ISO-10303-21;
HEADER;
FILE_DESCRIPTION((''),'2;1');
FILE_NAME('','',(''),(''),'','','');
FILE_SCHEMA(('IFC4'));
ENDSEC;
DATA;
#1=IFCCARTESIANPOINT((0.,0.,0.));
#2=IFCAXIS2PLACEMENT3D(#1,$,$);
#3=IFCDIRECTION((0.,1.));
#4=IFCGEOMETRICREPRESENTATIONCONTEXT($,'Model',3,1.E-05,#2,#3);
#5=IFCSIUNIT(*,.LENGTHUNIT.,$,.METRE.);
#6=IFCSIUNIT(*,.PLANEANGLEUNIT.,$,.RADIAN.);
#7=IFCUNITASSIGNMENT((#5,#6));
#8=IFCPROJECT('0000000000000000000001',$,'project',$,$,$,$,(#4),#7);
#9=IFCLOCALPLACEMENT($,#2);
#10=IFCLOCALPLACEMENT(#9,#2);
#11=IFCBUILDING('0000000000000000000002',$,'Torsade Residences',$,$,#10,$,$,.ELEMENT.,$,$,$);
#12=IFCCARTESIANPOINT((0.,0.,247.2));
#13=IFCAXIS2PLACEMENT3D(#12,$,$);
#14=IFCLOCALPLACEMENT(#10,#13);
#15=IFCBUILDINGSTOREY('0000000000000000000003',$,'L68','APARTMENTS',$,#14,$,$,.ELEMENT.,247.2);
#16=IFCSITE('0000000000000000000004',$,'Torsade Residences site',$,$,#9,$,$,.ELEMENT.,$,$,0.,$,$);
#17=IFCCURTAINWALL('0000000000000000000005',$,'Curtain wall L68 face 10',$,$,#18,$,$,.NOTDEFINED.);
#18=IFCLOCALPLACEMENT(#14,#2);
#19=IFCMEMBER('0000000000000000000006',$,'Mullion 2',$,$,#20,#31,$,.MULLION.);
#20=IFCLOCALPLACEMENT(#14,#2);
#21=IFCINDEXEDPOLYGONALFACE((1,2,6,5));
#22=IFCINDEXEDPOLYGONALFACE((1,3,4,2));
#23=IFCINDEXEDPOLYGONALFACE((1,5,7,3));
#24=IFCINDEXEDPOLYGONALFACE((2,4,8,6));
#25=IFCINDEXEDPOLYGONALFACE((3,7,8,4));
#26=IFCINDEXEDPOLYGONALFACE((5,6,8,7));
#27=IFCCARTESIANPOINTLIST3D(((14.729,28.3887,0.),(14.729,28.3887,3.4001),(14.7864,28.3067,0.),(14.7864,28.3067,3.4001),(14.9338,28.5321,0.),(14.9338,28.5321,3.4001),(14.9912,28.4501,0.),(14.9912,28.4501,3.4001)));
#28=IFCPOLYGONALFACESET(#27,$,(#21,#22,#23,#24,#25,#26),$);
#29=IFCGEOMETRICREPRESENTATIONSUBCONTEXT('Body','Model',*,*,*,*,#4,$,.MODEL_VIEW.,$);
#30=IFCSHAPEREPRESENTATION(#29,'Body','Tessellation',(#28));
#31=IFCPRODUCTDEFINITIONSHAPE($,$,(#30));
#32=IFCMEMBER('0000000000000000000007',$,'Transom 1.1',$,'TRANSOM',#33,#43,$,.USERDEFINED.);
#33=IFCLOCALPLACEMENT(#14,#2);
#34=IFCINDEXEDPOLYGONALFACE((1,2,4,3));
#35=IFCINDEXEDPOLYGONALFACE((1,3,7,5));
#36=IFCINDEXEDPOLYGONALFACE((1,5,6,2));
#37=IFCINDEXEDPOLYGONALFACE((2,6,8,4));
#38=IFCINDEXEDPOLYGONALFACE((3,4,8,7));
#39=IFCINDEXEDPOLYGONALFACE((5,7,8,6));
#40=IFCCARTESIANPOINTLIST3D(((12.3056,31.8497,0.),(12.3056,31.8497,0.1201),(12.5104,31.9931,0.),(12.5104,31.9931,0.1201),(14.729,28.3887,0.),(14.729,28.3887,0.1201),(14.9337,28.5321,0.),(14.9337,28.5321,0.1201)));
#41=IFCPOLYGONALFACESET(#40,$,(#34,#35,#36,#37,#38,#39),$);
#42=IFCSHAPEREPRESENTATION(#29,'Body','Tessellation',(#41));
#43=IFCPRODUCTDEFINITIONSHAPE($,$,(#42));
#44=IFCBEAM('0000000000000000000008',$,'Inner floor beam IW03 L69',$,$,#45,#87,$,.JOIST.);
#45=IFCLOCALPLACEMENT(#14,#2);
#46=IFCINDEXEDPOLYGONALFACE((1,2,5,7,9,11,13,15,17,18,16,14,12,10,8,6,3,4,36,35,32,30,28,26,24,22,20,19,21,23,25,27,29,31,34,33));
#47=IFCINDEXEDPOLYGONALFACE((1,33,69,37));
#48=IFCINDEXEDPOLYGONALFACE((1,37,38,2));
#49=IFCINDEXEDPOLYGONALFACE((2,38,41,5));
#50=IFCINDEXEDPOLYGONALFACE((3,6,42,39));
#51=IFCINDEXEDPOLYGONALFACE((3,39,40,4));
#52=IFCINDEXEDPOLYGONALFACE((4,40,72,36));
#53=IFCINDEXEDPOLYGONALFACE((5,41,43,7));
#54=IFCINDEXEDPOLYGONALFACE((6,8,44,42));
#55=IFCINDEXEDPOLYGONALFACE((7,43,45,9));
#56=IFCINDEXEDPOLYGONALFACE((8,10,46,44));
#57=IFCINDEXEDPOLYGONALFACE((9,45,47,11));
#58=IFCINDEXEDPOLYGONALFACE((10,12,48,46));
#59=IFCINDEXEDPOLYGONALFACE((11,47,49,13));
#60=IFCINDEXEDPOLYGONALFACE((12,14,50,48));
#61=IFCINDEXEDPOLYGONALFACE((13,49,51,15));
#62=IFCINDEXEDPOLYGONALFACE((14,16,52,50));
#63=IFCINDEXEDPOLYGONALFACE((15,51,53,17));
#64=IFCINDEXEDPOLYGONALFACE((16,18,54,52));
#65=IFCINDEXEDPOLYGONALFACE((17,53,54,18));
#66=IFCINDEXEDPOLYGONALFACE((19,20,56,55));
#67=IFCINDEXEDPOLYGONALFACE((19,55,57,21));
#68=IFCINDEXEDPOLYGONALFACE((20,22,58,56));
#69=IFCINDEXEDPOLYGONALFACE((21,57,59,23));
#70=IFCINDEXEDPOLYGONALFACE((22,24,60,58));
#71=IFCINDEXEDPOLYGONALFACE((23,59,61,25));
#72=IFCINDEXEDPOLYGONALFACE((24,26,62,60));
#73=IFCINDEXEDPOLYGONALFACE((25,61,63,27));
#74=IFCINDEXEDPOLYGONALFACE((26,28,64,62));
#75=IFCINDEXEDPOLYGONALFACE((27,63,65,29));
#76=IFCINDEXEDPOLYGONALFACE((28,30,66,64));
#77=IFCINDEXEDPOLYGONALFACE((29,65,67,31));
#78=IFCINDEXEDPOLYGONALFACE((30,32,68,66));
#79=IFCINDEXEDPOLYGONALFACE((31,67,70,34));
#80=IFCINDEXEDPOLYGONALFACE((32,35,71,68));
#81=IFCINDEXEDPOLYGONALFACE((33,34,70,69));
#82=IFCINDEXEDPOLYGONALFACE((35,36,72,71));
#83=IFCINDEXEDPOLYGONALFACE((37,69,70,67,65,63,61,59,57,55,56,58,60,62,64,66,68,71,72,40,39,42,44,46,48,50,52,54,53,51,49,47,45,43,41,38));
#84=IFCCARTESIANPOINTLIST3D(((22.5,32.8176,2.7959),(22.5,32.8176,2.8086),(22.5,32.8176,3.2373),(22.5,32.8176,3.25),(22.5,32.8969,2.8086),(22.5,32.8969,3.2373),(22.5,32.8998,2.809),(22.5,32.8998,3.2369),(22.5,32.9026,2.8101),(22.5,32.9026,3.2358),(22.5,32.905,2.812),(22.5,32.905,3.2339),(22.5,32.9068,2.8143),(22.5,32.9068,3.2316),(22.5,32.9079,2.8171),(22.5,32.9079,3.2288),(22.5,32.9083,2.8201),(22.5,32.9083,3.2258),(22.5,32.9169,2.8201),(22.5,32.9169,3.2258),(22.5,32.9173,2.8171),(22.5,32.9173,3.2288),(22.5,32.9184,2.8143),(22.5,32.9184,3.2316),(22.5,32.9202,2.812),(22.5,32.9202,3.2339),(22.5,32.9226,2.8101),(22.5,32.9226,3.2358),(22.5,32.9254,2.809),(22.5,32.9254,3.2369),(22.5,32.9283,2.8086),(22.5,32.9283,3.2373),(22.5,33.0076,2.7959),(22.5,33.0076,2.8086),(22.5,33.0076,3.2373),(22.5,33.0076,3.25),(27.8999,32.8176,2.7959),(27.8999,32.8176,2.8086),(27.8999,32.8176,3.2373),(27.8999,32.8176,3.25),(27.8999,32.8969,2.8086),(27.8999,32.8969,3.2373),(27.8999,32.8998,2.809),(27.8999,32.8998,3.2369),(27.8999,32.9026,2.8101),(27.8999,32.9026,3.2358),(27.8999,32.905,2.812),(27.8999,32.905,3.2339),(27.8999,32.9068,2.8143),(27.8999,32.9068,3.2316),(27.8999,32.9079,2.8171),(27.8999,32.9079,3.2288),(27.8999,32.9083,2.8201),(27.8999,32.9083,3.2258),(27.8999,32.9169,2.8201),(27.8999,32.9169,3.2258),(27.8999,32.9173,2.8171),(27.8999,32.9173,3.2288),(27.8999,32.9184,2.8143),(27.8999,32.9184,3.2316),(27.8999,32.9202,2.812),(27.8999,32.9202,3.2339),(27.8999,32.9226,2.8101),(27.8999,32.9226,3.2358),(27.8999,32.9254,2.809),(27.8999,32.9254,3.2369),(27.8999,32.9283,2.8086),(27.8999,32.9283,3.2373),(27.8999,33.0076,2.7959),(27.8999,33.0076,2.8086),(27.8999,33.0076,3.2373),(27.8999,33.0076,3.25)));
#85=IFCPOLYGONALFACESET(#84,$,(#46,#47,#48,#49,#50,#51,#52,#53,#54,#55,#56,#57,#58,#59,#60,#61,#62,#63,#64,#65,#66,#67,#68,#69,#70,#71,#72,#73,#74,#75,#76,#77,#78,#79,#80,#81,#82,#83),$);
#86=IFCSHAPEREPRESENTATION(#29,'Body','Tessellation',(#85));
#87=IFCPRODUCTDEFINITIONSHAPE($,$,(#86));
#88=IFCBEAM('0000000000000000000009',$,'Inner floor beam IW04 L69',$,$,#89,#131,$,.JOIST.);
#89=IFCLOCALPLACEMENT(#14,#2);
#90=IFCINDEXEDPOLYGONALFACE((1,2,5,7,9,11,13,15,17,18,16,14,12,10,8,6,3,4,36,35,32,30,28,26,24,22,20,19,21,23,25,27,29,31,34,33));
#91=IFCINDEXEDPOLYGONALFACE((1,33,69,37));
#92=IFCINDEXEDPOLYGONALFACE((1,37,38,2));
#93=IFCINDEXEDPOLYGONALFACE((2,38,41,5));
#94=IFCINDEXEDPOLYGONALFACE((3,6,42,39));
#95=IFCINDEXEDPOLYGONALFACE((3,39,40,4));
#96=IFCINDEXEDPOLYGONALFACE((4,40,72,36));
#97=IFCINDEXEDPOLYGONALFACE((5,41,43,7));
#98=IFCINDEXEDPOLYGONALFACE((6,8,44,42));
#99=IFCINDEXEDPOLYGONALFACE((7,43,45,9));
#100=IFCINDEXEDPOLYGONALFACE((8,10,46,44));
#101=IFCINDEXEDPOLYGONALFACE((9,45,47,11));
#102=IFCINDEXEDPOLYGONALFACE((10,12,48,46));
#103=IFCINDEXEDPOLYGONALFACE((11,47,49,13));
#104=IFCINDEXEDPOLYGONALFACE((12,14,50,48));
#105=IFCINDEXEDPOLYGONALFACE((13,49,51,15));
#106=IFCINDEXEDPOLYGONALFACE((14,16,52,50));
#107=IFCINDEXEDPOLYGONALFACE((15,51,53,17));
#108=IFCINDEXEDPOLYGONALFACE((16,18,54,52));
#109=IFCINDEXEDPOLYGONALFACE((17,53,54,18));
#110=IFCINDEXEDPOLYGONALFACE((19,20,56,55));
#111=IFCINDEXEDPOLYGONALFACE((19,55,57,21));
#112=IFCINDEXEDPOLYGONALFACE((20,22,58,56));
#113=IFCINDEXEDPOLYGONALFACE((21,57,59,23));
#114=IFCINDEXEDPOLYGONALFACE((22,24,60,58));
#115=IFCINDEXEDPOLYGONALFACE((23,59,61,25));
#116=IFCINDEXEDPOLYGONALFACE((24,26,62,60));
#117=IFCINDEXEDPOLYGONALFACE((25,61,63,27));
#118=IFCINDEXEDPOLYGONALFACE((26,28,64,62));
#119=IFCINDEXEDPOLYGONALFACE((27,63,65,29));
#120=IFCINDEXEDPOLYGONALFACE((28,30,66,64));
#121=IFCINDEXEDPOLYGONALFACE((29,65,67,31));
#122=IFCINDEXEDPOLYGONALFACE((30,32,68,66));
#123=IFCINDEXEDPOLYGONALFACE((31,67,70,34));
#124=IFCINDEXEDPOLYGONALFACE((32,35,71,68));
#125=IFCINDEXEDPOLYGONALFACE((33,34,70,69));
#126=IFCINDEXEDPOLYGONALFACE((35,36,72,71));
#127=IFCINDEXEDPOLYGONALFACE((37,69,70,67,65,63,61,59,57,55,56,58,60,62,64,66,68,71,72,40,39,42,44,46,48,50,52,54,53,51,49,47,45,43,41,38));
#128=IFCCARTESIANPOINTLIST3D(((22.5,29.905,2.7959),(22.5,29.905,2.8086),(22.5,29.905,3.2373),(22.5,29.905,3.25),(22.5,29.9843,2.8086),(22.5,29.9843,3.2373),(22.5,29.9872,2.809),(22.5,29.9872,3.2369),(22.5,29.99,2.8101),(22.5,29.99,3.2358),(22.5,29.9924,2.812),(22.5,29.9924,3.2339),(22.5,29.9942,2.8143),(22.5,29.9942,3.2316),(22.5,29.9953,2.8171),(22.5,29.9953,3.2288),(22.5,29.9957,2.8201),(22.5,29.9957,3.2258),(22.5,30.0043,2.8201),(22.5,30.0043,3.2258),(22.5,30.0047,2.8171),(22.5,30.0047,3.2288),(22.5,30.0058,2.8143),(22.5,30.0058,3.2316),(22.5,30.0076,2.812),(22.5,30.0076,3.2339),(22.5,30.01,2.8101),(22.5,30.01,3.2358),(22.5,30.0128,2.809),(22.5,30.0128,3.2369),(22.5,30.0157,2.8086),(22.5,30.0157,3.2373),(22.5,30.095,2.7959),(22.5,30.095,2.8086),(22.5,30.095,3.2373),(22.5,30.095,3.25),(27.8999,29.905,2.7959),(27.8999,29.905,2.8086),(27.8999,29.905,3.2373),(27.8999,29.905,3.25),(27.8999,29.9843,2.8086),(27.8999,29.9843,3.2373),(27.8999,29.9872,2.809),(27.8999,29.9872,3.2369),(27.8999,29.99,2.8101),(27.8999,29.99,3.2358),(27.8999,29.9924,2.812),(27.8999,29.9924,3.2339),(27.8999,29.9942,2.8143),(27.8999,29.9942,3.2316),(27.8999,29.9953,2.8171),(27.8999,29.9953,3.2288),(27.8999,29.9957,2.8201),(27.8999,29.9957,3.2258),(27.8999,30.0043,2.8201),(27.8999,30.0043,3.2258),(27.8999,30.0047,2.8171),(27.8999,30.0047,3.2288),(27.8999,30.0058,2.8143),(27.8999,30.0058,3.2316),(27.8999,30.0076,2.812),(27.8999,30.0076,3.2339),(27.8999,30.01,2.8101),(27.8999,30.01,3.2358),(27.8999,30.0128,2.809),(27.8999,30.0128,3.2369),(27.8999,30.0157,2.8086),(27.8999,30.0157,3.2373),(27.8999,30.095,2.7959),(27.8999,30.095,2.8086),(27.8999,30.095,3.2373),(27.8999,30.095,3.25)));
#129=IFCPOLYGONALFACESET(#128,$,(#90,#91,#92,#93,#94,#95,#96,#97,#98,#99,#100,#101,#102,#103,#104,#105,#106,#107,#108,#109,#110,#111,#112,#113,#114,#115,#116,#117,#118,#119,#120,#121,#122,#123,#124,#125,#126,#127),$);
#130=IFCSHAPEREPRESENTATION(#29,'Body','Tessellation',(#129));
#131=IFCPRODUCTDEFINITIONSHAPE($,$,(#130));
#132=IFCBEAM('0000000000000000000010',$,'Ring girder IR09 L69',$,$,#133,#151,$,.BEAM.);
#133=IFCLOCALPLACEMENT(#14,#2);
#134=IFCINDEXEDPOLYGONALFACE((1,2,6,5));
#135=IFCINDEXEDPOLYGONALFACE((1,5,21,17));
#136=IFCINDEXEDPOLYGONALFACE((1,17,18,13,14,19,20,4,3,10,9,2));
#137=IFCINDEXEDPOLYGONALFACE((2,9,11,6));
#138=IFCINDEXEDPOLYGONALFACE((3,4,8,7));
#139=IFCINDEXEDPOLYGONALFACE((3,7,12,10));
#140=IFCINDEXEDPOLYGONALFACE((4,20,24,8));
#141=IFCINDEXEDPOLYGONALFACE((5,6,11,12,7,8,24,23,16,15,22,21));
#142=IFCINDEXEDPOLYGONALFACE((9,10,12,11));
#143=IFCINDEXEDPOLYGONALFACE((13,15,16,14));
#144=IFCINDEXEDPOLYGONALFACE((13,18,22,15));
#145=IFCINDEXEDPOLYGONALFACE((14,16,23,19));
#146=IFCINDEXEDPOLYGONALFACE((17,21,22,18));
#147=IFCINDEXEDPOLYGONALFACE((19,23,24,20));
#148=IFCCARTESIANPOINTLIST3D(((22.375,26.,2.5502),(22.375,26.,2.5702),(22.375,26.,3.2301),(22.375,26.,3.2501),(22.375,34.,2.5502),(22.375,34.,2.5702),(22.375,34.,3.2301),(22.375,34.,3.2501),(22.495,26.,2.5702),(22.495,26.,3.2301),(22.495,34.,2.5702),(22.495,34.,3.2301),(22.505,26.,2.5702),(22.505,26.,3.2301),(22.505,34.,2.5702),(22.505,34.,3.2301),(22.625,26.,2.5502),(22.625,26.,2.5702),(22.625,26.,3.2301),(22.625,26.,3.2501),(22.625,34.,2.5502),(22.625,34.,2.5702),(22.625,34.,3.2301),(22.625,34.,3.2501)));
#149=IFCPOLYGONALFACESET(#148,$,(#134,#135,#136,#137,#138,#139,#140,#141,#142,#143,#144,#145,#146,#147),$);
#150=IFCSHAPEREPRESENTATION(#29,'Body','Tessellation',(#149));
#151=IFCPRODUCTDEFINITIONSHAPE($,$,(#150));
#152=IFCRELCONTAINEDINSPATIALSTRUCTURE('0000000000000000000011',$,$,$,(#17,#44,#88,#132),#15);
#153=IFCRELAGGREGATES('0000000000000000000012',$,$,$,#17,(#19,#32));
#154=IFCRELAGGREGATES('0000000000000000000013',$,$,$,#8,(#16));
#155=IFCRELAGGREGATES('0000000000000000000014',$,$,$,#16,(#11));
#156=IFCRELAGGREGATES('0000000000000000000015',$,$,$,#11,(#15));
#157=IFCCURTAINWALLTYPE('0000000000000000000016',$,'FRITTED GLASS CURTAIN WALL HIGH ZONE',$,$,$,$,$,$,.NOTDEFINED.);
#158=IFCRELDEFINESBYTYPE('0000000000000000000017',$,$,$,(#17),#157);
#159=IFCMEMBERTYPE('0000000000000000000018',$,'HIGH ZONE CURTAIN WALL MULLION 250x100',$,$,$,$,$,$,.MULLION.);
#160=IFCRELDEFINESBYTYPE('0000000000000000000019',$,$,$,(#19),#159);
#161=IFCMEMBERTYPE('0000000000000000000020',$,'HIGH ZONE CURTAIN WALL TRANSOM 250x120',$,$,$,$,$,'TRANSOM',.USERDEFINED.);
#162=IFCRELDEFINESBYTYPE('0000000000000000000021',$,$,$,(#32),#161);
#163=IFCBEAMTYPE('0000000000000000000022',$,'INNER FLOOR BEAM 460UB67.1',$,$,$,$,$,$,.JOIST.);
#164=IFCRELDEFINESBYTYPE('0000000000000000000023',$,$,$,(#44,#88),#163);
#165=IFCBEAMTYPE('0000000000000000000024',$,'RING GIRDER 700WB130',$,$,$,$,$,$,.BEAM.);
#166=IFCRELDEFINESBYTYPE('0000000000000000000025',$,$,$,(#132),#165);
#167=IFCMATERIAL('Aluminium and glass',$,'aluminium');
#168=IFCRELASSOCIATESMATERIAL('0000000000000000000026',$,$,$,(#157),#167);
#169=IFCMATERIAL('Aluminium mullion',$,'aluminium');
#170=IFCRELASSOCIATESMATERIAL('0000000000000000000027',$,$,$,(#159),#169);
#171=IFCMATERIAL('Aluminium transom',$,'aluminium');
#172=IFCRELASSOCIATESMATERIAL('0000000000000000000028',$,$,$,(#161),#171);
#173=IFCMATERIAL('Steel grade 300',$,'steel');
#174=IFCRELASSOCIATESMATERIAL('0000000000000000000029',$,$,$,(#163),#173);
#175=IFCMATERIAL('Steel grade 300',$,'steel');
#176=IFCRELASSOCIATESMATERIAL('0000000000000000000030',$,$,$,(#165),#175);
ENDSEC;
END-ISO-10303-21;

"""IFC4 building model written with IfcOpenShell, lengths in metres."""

from ifc_helpers import new_model, si_unit, direction, frame, origin, origin_2d, place, context, subcontext, project, spatial, rectangle, i_section, extrude, material, material_profile, profile_set, type_object, element, aggregate, save


model = new_model("IFC4")

# Units and contexts
model_context = context("Model", 3, precision=1e-05, world=origin(), true_north=direction((0.0, 1.0)))
body_context = subcontext(model_context, "Body", "Model", "MODEL_VIEW")
ifc_project = project(units=[si_unit("LENGTHUNIT", "METRE"), si_unit("PLANEANGLEUNIT", "RADIAN")], contexts=[model_context])

# Site, building, storey
site_placement = place(None, origin())
site = spatial("IfcSite", under=ifc_project, at=site_placement, Name="Torsade Residences site", CompositionType="ELEMENT", RefElevation=0.0)
building_placement = place(site_placement, origin())
building = spatial("IfcBuilding", under=site, at=building_placement, Name="Torsade Residences", CompositionType="ELEMENT")
storey_placement = place(building_placement, frame((0.0, 0.0, 247.2)))
storey = spatial("IfcBuildingStorey", under=building, at=storey_placement, Name="L68", Description="APARTMENTS", CompositionType="ELEMENT", Elevation=247.2)

# Shared definitions
ifc_material_1 = material(Name="Aluminium and glass", Category="aluminium")
curtain_wall_type = type_object("IfcCurtainWallType", Name="FRITTED GLASS CURTAIN WALL HIGH ZONE", PredefinedType="NOTDEFINED", material=ifc_material_1)
ifc_material_2 = material(Name="Aluminium mullion", Category="aluminium")
ifc_material_profile_1 = material_profile(ifc_material_2, rectangle(XDim=0.25, YDim=0.1001, at=origin_2d()), Name="HIGH ZONE CURTAIN WALL MULLION 250x100")
ifc_profile_set_1 = profile_set([ifc_material_profile_1], Name="Aluminium mullion")
member_type_1 = type_object("IfcMemberType", Name="HIGH ZONE CURTAIN WALL MULLION 250x100", PredefinedType="MULLION", material=ifc_profile_set_1)

# Curtain wall, members
curtain_wall_1_placement = place(storey_placement, origin())
curtain_wall_1 = element("IfcCurtainWall", 1, at=curtain_wall_1_placement, inside=storey, type_object=curtain_wall_type, Name="Curtain wall L68 face 10", PredefinedType="NOTDEFINED")
member_1_placement = place(storey_placement, frame((14.8601, 28.4194, 0.0), z_axis=(0.0, 0.0, 1.0), x_axis=(0.819152, 0.573576, 0.0)))
member_1 = element("IfcMember", 2, at=member_1_placement, type_object=member_type_1, Name="Mullion 2", PredefinedType="MULLION", context=body_context, shape_type="SweptSolid", body=[
    extrude(rectangle(XDim=0.25, YDim=0.1001, at=origin_2d()), origin(), (0.0, 0.0, 1.0), 3.4001),
])
ifc_material_3 = material(Name="Aluminium transom", Category="aluminium")
ifc_material_profile_2 = material_profile(ifc_material_3, rectangle(XDim=0.25, YDim=0.1201, at=origin_2d()), Name="HIGH ZONE CURTAIN WALL TRANSOM 250x120")
ifc_profile_set_2 = profile_set([ifc_material_profile_2], Name="Aluminium transom")
member_type_2 = type_object("IfcMemberType", Name="HIGH ZONE CURTAIN WALL TRANSOM 250x120", ElementType="TRANSOM", PredefinedType="USERDEFINED", material=ifc_profile_set_2)
member_2_placement = place(storey_placement, frame((12.408, 31.9214, 0.0601), z_axis=(0.573571, -0.819156, 0.0), x_axis=(0.819156, 0.573571, 0.0)))
member_2 = element("IfcMember", 3, at=member_2_placement, type_object=member_type_2, Name="Transom 1.1", ObjectType="TRANSOM", PredefinedType="USERDEFINED", context=body_context, shape_type="SweptSolid", body=[
    extrude(rectangle(XDim=0.25, YDim=0.1201, at=origin_2d()), origin(), (0.0, 0.0, 1.0), 4.2251),
])

# Beams
ifc_material_4 = material(Name="Steel grade 300", Category="steel")
ifc_material_profile_3 = material_profile(ifc_material_4, i_section(OverallWidth=0.1899, OverallDepth=0.4541, WebThickness=0.0085, FlangeThickness=0.0127, FilletRadius=0.0115, at=origin_2d()), Name="460UB67.1")
ifc_profile_set_3 = profile_set([ifc_material_profile_3], Name="Steel grade 300")
beam_type_1 = type_object("IfcBeamType", Name="INNER FLOOR BEAM 460UB67.1", PredefinedType="JOIST", material=ifc_profile_set_3)
for number, where, z_axis, x_axis, name in (
    (4, (27.8999, 32.9126, 3.0229), (-1.0, 0.0, 0.0), (0.0, -1.0, 0.0), "Inner floor beam IW03 L69"),
    (5, (27.8999, 30.0, 3.0229), (-1.0, 0.0, 0.0), (0.0, -1.0, 0.0), "Inner floor beam IW04 L69"),
):
    element("IfcBeam", number, at=place(storey_placement, frame(where, z_axis=z_axis, x_axis=x_axis)), inside=storey, type_object=beam_type_1, Name=name, PredefinedType="JOIST", context=body_context, shape_type="SweptSolid", body=[
        extrude(i_section(OverallWidth=0.1899, OverallDepth=0.4541, WebThickness=0.0085, FlangeThickness=0.0127, FilletRadius=0.0115, at=origin_2d()), origin(), (0.0, 0.0, 1.0), 5.3999),
    ])
ifc_material_5 = material(Name="Steel grade 300", Category="steel")
ifc_material_profile_4 = material_profile(ifc_material_5, i_section(OverallWidth=0.25, OverallDepth=0.7, WebThickness=0.01, FlangeThickness=0.02, at=origin_2d()), Name="700WB130")
ifc_profile_set_4 = profile_set([ifc_material_profile_4], Name="Steel grade 300")
beam_type_2 = type_object("IfcBeamType", Name="RING GIRDER 700WB130", PredefinedType="BEAM", material=ifc_profile_set_4)
beam_1_placement = place(storey_placement, frame((22.5, 34.0, 2.9001), z_axis=(0.0, -1.0, 0.0), x_axis=(1.0, 0.0, 0.0)))
element("IfcBeam", 6, at=beam_1_placement, inside=storey, type_object=beam_type_2, Name="Ring girder IR09 L69", PredefinedType="BEAM", context=body_context, shape_type="SweptSolid", body=[
    extrude(i_section(OverallWidth=0.25, OverallDepth=0.7, WebThickness=0.01, FlangeThickness=0.02, at=origin_2d()), origin(), (0.0, 0.0, 1.0), 8.0),
])

aggregate(curtain_wall_1, [member_1, member_2])

save(model, "model.ifc")
